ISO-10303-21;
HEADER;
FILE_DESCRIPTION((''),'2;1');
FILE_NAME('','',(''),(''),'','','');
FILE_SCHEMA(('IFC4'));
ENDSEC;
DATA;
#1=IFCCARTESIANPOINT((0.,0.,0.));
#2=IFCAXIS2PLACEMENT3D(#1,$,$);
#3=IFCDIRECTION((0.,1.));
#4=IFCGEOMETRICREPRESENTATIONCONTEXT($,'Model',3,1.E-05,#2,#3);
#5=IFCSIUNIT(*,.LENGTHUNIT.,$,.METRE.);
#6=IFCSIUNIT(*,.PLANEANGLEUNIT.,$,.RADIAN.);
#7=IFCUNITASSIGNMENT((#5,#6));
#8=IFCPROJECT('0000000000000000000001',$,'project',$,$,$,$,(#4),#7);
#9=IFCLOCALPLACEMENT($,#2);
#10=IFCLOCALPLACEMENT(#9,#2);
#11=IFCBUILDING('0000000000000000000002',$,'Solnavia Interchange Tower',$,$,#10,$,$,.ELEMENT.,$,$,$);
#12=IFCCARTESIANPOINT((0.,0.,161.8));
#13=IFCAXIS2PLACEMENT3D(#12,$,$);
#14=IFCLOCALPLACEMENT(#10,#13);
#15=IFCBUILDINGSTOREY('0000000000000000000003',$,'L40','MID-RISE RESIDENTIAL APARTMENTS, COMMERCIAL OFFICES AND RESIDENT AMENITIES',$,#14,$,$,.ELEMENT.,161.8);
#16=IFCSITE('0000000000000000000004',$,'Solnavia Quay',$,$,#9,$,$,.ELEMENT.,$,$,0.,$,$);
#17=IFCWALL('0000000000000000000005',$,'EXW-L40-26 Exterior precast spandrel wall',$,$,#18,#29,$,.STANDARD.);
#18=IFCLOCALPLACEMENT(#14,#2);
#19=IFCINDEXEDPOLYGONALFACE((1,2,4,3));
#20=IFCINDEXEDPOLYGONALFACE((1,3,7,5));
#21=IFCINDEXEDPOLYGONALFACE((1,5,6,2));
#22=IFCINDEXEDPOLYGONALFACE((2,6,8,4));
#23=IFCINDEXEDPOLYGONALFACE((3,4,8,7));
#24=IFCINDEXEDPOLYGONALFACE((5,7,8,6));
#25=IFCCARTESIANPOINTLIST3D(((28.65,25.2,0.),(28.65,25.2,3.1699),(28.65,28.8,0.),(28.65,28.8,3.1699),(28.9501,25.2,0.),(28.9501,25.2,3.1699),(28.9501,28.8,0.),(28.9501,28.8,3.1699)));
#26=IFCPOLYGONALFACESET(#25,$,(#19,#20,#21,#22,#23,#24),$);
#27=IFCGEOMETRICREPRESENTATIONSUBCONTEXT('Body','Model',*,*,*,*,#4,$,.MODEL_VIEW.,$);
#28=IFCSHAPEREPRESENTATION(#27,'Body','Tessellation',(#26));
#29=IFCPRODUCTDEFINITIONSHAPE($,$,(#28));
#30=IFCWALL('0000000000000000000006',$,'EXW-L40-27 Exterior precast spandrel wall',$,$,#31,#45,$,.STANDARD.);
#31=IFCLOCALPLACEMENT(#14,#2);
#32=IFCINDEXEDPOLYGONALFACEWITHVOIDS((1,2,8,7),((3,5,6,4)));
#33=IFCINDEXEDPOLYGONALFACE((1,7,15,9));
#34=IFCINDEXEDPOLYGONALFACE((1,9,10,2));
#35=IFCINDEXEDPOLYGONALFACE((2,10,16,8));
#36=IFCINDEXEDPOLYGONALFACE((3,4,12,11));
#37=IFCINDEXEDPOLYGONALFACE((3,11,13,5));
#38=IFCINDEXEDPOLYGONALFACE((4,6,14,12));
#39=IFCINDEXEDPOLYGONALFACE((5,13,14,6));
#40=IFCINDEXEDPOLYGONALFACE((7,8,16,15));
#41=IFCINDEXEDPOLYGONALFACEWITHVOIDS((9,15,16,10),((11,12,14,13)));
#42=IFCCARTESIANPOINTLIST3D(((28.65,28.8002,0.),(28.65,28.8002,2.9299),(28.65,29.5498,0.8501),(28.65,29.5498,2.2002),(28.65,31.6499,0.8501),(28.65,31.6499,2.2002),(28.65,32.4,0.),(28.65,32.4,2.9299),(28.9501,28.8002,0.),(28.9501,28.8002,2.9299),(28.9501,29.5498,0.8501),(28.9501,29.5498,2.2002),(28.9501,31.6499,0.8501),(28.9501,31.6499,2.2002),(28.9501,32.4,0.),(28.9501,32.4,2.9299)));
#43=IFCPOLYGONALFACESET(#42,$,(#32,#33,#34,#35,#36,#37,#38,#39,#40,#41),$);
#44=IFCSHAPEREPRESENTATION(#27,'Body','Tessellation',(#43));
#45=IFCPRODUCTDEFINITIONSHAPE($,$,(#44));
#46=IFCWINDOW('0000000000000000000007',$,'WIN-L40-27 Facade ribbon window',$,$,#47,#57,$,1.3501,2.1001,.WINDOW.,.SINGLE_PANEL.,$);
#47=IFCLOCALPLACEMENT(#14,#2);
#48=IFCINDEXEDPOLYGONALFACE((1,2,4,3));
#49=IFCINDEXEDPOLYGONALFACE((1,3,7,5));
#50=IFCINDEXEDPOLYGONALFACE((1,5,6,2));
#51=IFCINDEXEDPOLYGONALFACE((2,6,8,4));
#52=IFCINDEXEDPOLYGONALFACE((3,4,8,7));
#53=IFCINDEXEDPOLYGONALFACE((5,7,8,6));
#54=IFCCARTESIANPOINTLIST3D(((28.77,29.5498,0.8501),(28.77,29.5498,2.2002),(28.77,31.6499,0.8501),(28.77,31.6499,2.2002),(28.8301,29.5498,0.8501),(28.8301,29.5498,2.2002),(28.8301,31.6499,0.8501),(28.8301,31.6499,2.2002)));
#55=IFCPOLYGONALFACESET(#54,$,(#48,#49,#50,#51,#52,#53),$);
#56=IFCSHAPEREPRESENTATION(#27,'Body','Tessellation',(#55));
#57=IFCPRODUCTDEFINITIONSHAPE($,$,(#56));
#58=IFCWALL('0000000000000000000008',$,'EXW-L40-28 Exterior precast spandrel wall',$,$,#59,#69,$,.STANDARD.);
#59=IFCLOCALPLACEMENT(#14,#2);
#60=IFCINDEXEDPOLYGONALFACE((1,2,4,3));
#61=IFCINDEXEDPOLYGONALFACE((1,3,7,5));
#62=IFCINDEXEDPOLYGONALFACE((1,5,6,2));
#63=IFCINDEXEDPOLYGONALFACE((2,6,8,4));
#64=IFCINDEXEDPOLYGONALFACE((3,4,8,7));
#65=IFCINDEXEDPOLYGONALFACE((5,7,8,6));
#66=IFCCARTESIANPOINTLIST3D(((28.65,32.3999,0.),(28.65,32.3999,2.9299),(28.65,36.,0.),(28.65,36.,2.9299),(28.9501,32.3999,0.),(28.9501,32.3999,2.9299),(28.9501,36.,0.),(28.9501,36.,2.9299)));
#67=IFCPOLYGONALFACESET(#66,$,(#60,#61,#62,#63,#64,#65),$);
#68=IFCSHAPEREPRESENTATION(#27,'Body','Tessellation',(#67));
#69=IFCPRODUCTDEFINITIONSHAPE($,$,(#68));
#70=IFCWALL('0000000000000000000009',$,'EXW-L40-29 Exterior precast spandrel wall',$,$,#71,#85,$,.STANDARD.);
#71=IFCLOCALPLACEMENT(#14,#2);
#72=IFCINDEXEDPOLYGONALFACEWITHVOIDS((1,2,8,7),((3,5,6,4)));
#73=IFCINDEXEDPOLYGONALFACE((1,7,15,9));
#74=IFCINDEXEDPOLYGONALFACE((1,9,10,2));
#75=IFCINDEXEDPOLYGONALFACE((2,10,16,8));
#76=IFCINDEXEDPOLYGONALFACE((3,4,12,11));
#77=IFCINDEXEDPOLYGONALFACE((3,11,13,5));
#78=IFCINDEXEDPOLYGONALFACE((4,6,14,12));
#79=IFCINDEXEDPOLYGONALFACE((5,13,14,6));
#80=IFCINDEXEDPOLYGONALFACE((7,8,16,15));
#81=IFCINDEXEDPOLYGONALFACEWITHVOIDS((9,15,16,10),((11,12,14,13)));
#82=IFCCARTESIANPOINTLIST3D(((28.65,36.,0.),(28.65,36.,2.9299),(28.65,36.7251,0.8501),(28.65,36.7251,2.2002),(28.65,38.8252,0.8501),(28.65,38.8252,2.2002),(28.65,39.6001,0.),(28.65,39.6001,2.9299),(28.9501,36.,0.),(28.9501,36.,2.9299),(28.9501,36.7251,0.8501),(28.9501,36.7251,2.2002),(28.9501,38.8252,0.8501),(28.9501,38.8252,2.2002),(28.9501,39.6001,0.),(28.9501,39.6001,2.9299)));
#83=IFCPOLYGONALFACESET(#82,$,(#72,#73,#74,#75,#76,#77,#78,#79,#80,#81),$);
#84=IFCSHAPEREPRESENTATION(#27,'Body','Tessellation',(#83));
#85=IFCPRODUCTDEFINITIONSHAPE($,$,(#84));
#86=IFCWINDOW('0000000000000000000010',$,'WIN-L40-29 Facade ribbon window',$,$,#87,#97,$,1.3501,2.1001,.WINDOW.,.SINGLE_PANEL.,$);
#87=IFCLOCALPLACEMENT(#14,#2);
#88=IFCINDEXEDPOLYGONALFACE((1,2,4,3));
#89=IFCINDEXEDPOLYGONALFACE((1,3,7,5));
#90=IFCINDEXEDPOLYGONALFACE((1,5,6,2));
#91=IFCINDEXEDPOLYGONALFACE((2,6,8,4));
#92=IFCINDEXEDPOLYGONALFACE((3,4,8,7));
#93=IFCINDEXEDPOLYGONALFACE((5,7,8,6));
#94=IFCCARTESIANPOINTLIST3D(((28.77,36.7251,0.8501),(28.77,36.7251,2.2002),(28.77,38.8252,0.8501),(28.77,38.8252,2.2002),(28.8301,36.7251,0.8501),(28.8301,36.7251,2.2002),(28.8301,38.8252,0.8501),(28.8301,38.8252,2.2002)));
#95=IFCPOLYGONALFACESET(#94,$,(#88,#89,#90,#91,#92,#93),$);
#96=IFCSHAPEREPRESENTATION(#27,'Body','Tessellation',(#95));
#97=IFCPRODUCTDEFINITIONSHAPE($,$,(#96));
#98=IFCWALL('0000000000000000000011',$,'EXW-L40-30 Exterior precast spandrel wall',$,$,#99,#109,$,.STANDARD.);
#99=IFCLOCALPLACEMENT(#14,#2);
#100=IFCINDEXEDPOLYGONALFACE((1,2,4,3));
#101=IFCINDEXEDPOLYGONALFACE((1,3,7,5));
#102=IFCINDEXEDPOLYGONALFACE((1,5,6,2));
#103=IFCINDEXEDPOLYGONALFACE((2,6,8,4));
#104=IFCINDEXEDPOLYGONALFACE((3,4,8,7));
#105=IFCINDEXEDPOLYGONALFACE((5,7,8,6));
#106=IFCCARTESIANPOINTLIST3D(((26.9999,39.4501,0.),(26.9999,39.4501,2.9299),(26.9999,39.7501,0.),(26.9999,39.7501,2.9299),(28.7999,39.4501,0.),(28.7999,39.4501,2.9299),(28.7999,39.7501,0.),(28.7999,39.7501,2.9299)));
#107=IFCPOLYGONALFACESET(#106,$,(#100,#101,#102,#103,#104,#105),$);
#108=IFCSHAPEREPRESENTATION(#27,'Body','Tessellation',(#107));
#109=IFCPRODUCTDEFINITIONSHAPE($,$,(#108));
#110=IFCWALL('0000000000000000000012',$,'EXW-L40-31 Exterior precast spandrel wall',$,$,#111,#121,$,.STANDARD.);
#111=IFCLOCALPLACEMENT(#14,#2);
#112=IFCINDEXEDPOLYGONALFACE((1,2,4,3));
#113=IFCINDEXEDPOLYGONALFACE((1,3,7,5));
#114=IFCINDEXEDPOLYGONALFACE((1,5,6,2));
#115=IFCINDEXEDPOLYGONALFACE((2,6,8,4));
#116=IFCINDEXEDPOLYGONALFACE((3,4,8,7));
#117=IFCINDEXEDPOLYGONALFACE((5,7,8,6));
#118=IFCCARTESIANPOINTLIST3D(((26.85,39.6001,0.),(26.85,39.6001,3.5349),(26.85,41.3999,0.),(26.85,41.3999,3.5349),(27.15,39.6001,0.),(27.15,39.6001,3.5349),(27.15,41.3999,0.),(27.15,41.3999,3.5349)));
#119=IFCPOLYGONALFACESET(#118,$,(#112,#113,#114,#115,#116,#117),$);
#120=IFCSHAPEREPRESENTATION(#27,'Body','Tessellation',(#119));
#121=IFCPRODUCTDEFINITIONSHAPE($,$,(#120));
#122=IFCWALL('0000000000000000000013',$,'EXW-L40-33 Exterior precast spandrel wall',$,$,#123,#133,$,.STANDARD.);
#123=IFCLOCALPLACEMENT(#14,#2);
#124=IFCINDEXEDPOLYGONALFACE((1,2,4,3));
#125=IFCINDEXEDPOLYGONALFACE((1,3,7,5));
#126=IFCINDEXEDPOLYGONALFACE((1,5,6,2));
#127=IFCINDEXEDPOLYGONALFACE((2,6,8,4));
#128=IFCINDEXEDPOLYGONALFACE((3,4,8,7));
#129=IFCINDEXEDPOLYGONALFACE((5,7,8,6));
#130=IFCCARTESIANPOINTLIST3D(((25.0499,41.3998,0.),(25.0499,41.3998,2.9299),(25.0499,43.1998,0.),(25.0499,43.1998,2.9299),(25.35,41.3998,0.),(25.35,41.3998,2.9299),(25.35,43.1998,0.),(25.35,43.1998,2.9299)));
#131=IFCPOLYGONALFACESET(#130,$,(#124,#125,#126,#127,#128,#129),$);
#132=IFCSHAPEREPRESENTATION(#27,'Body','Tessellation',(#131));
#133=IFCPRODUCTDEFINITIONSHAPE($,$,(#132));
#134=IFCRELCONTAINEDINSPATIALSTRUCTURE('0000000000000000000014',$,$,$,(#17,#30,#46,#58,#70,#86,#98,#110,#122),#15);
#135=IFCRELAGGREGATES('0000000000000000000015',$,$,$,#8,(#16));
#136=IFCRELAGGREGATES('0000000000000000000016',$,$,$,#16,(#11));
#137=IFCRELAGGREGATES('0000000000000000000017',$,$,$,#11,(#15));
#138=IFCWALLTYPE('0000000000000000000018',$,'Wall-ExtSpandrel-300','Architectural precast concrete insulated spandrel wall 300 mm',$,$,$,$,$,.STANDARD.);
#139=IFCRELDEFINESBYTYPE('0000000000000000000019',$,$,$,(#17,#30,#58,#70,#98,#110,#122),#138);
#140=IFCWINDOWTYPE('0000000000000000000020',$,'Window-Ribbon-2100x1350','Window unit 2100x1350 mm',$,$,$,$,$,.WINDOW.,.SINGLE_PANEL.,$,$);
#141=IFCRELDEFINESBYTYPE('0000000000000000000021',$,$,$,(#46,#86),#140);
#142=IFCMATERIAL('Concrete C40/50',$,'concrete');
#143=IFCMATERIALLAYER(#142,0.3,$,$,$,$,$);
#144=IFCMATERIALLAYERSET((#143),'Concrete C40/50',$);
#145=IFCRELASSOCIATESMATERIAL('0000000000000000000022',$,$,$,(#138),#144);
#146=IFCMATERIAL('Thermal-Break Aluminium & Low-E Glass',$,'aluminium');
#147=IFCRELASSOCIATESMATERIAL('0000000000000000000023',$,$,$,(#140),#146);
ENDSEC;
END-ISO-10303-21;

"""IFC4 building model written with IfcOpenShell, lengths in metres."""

from ifc_helpers import new_model, si_unit, direction, frame, frame_2d, origin, place, context, subcontext, project, spatial, rectangle, extrude, material, layer, layer_set, type_object, element, fill, save


model = new_model("IFC4")

# Units and contexts
model_context = context("Model", 3, precision=1e-05, world=origin(), true_north=direction((0.0, 1.0)))
body_context = subcontext(model_context, "Body", "Model", "MODEL_VIEW")
ifc_project = project(units=[si_unit("LENGTHUNIT", "METRE"), si_unit("PLANEANGLEUNIT", "RADIAN")], contexts=[model_context])

# Site, building, storey
site_placement = place(None, origin())
site = spatial("IfcSite", under=ifc_project, at=site_placement, Name="Solnavia Quay", CompositionType="ELEMENT", RefElevation=0.0)
building_placement = place(site_placement, origin())
building = spatial("IfcBuilding", under=site, at=building_placement, Name="Solnavia Interchange Tower", CompositionType="ELEMENT")
storey_placement = place(building_placement, frame((0.0, 0.0, 161.8)))
storey = spatial("IfcBuildingStorey", under=building, at=storey_placement, Name="L40", Description="MID-RISE RESIDENTIAL APARTMENTS, COMMERCIAL OFFICES AND RESIDENT AMENITIES", CompositionType="ELEMENT", Elevation=161.8)

# Wall
ifc_material_1 = material(Name="Concrete C40/50", Category="concrete")
ifc_layer = layer(ifc_material_1, 0.3)
ifc_layer_set = layer_set([ifc_layer], Name="Concrete C40/50")
wall_type = type_object("IfcWallType", Name="Wall-ExtSpandrel-300", Description="Architectural precast concrete insulated spandrel wall 300 mm", PredefinedType="STANDARD", material=ifc_layer_set)
wall_1_placement = place(storey_placement, frame((28.8, 28.8, 0.0), z_axis=(0.0, 0.0, 1.0), x_axis=(0.0, -1.0, 0.0)))
element("IfcWall", 1, at=wall_1_placement, inside=storey, type_object=wall_type, Name="EXW-L40-26 Exterior precast spandrel wall", PredefinedType="STANDARD", context=body_context, shape_type="SweptSolid", body=[
    extrude(rectangle(XDim=3.6001, YDim=0.3, at=frame_2d((1.8, 0.0))), origin(), (0.0, 0.0, 1.0), 3.1699),
])

# Wall, opening, window
wall_2_placement = place(storey_placement, frame((28.8, 32.3999, 0.0), z_axis=(0.0, 0.0, 1.0), x_axis=(0.0, -1.0, 0.0)))
wall_2 = element("IfcWall", 2, at=wall_2_placement, inside=storey, type_object=wall_type, Name="EXW-L40-27 Exterior precast spandrel wall", PredefinedType="STANDARD", context=body_context, shape_type="SweptSolid", body=[
    extrude(rectangle(XDim=3.5999, YDim=0.3, at=frame_2d((1.7998, 0.0))), origin(), (0.0, 0.0, 1.0), 2.9299),
])
opening_1_placement = place(wall_2_placement, frame((0.75, 0.0, 0.8501)))
opening_1 = element("IfcOpeningElement", 3, at=opening_1_placement, cuts=wall_2, PredefinedType="OPENING", context=body_context, shape_type="SweptSolid", body=[
    extrude(rectangle(XDim=2.1001, YDim=1.3501, at=frame_2d((1.05, 0.675))), frame((0.0, 0.1602, 0.0), z_axis=(0.0, -1.0, 0.0), x_axis=(1.0, 0.0, 0.0)), (0.0, 0.0, 1.0), 0.3201),
])
ifc_material_2 = material(Name="Thermal-Break Aluminium & Low-E Glass", Category="aluminium")
window_type = type_object("IfcWindowType", Name="Window-Ribbon-2100x1350", Description="Window unit 2100x1350 mm", PartitioningType="SINGLE_PANEL", PredefinedType="WINDOW", material=ifc_material_2)
window_1_placement = place(opening_1_placement, origin())
window_1 = element("IfcWindow", 4, at=window_1_placement, inside=storey, type_object=window_type, Name="WIN-L40-27 Facade ribbon window", OverallHeight=1.3501, OverallWidth=2.1001, PartitioningType="SINGLE_PANEL", PredefinedType="WINDOW", context=body_context, shape_type="SweptSolid", body=[
    extrude(rectangle(XDim=2.1001, YDim=1.3501, at=frame_2d((1.05, 0.675))), frame((0.0, 0.03, 0.0), z_axis=(0.0, -1.0, 0.0), x_axis=(1.0, 0.0, 0.0)), (0.0, 0.0, 1.0), 0.0601),
])
fill(opening_1, window_1)

# Wall
wall_3_placement = place(storey_placement, frame((28.8, 36.0, 0.0), z_axis=(0.0, 0.0, 1.0), x_axis=(0.0, -1.0, 0.0)))
element("IfcWall", 5, at=wall_3_placement, inside=storey, type_object=wall_type, Name="EXW-L40-28 Exterior precast spandrel wall", PredefinedType="STANDARD", context=body_context, shape_type="SweptSolid", body=[
    extrude(rectangle(XDim=3.6001, YDim=0.3, at=frame_2d((1.8, 0.0))), origin(), (0.0, 0.0, 1.0), 2.9299),
])

# Wall, opening, window
wall_4_placement = place(storey_placement, frame((28.8, 39.6001, 0.0), z_axis=(0.0, 0.0, 1.0), x_axis=(0.0, -1.0, 0.0)))
wall_4 = element("IfcWall", 6, at=wall_4_placement, inside=storey, type_object=wall_type, Name="EXW-L40-29 Exterior precast spandrel wall", PredefinedType="STANDARD", context=body_context, shape_type="SweptSolid", body=[
    extrude(rectangle(XDim=3.6001, YDim=0.3, at=frame_2d((1.8, 0.0))), origin(), (0.0, 0.0, 1.0), 2.9299),
])
opening_2_placement = place(wall_4_placement, frame((0.7749, 0.0, 0.8501)))
opening_2 = element("IfcOpeningElement", 7, at=opening_2_placement, cuts=wall_4, PredefinedType="OPENING", context=body_context, shape_type="SweptSolid", body=[
    extrude(rectangle(XDim=2.1001, YDim=1.3501, at=frame_2d((1.05, 0.675))), frame((0.0, 0.1602, 0.0), z_axis=(0.0, -1.0, 0.0), x_axis=(1.0, 0.0, 0.0)), (0.0, 0.0, 1.0), 0.3201),
])
window_2_placement = place(opening_2_placement, origin())
window_2 = element("IfcWindow", 8, at=window_2_placement, inside=storey, type_object=window_type, Name="WIN-L40-29 Facade ribbon window", OverallHeight=1.3501, OverallWidth=2.1001, PartitioningType="SINGLE_PANEL", PredefinedType="WINDOW", context=body_context, shape_type="SweptSolid", body=[
    extrude(rectangle(XDim=2.1001, YDim=1.3501, at=frame_2d((1.05, 0.675))), frame((0.0, 0.03, 0.0), z_axis=(0.0, -1.0, 0.0), x_axis=(1.0, 0.0, 0.0)), (0.0, 0.0, 1.0), 0.0601),
])
fill(opening_2, window_2)

# Walls
wall_5_placement = place(storey_placement, frame((27.0, 39.6001, 0.0), z_axis=(0.0, 0.0, 1.0), x_axis=(1.0, 0.0, 0.0)))
element("IfcWall", 9, at=wall_5_placement, inside=storey, type_object=wall_type, Name="EXW-L40-30 Exterior precast spandrel wall", PredefinedType="STANDARD", context=body_context, shape_type="SweptSolid", body=[
    extrude(rectangle(XDim=1.8, YDim=0.3, at=frame_2d((0.8999, 0.0))), origin(), (0.0, 0.0, 1.0), 2.9299),
])
wall_6_placement = place(storey_placement, frame((27.0, 39.6001, 0.0), z_axis=(0.0, 0.0, 1.0), x_axis=(0.0, 1.0, 0.0)))
element("IfcWall", 10, at=wall_6_placement, inside=storey, type_object=wall_type, Name="EXW-L40-31 Exterior precast spandrel wall", PredefinedType="STANDARD", context=body_context, shape_type="SweptSolid", body=[
    extrude(rectangle(XDim=1.7998, YDim=0.3, at=frame_2d((0.8999, 0.0))), origin(), (0.0, 0.0, 1.0), 3.5349),
])
wall_7_placement = place(storey_placement, frame((25.2, 41.3999, 0.0), z_axis=(0.0, 0.0, 1.0), x_axis=(0.0, 1.0, 0.0)))
element("IfcWall", 11, at=wall_7_placement, inside=storey, type_object=wall_type, Name="EXW-L40-33 Exterior precast spandrel wall", PredefinedType="STANDARD", context=body_context, shape_type="SweptSolid", body=[
    extrude(rectangle(XDim=1.8, YDim=0.3, at=frame_2d((0.8999, 0.0))), origin(), (0.0, 0.0, 1.0), 2.9299),
])

save(model, "model.ifc")
